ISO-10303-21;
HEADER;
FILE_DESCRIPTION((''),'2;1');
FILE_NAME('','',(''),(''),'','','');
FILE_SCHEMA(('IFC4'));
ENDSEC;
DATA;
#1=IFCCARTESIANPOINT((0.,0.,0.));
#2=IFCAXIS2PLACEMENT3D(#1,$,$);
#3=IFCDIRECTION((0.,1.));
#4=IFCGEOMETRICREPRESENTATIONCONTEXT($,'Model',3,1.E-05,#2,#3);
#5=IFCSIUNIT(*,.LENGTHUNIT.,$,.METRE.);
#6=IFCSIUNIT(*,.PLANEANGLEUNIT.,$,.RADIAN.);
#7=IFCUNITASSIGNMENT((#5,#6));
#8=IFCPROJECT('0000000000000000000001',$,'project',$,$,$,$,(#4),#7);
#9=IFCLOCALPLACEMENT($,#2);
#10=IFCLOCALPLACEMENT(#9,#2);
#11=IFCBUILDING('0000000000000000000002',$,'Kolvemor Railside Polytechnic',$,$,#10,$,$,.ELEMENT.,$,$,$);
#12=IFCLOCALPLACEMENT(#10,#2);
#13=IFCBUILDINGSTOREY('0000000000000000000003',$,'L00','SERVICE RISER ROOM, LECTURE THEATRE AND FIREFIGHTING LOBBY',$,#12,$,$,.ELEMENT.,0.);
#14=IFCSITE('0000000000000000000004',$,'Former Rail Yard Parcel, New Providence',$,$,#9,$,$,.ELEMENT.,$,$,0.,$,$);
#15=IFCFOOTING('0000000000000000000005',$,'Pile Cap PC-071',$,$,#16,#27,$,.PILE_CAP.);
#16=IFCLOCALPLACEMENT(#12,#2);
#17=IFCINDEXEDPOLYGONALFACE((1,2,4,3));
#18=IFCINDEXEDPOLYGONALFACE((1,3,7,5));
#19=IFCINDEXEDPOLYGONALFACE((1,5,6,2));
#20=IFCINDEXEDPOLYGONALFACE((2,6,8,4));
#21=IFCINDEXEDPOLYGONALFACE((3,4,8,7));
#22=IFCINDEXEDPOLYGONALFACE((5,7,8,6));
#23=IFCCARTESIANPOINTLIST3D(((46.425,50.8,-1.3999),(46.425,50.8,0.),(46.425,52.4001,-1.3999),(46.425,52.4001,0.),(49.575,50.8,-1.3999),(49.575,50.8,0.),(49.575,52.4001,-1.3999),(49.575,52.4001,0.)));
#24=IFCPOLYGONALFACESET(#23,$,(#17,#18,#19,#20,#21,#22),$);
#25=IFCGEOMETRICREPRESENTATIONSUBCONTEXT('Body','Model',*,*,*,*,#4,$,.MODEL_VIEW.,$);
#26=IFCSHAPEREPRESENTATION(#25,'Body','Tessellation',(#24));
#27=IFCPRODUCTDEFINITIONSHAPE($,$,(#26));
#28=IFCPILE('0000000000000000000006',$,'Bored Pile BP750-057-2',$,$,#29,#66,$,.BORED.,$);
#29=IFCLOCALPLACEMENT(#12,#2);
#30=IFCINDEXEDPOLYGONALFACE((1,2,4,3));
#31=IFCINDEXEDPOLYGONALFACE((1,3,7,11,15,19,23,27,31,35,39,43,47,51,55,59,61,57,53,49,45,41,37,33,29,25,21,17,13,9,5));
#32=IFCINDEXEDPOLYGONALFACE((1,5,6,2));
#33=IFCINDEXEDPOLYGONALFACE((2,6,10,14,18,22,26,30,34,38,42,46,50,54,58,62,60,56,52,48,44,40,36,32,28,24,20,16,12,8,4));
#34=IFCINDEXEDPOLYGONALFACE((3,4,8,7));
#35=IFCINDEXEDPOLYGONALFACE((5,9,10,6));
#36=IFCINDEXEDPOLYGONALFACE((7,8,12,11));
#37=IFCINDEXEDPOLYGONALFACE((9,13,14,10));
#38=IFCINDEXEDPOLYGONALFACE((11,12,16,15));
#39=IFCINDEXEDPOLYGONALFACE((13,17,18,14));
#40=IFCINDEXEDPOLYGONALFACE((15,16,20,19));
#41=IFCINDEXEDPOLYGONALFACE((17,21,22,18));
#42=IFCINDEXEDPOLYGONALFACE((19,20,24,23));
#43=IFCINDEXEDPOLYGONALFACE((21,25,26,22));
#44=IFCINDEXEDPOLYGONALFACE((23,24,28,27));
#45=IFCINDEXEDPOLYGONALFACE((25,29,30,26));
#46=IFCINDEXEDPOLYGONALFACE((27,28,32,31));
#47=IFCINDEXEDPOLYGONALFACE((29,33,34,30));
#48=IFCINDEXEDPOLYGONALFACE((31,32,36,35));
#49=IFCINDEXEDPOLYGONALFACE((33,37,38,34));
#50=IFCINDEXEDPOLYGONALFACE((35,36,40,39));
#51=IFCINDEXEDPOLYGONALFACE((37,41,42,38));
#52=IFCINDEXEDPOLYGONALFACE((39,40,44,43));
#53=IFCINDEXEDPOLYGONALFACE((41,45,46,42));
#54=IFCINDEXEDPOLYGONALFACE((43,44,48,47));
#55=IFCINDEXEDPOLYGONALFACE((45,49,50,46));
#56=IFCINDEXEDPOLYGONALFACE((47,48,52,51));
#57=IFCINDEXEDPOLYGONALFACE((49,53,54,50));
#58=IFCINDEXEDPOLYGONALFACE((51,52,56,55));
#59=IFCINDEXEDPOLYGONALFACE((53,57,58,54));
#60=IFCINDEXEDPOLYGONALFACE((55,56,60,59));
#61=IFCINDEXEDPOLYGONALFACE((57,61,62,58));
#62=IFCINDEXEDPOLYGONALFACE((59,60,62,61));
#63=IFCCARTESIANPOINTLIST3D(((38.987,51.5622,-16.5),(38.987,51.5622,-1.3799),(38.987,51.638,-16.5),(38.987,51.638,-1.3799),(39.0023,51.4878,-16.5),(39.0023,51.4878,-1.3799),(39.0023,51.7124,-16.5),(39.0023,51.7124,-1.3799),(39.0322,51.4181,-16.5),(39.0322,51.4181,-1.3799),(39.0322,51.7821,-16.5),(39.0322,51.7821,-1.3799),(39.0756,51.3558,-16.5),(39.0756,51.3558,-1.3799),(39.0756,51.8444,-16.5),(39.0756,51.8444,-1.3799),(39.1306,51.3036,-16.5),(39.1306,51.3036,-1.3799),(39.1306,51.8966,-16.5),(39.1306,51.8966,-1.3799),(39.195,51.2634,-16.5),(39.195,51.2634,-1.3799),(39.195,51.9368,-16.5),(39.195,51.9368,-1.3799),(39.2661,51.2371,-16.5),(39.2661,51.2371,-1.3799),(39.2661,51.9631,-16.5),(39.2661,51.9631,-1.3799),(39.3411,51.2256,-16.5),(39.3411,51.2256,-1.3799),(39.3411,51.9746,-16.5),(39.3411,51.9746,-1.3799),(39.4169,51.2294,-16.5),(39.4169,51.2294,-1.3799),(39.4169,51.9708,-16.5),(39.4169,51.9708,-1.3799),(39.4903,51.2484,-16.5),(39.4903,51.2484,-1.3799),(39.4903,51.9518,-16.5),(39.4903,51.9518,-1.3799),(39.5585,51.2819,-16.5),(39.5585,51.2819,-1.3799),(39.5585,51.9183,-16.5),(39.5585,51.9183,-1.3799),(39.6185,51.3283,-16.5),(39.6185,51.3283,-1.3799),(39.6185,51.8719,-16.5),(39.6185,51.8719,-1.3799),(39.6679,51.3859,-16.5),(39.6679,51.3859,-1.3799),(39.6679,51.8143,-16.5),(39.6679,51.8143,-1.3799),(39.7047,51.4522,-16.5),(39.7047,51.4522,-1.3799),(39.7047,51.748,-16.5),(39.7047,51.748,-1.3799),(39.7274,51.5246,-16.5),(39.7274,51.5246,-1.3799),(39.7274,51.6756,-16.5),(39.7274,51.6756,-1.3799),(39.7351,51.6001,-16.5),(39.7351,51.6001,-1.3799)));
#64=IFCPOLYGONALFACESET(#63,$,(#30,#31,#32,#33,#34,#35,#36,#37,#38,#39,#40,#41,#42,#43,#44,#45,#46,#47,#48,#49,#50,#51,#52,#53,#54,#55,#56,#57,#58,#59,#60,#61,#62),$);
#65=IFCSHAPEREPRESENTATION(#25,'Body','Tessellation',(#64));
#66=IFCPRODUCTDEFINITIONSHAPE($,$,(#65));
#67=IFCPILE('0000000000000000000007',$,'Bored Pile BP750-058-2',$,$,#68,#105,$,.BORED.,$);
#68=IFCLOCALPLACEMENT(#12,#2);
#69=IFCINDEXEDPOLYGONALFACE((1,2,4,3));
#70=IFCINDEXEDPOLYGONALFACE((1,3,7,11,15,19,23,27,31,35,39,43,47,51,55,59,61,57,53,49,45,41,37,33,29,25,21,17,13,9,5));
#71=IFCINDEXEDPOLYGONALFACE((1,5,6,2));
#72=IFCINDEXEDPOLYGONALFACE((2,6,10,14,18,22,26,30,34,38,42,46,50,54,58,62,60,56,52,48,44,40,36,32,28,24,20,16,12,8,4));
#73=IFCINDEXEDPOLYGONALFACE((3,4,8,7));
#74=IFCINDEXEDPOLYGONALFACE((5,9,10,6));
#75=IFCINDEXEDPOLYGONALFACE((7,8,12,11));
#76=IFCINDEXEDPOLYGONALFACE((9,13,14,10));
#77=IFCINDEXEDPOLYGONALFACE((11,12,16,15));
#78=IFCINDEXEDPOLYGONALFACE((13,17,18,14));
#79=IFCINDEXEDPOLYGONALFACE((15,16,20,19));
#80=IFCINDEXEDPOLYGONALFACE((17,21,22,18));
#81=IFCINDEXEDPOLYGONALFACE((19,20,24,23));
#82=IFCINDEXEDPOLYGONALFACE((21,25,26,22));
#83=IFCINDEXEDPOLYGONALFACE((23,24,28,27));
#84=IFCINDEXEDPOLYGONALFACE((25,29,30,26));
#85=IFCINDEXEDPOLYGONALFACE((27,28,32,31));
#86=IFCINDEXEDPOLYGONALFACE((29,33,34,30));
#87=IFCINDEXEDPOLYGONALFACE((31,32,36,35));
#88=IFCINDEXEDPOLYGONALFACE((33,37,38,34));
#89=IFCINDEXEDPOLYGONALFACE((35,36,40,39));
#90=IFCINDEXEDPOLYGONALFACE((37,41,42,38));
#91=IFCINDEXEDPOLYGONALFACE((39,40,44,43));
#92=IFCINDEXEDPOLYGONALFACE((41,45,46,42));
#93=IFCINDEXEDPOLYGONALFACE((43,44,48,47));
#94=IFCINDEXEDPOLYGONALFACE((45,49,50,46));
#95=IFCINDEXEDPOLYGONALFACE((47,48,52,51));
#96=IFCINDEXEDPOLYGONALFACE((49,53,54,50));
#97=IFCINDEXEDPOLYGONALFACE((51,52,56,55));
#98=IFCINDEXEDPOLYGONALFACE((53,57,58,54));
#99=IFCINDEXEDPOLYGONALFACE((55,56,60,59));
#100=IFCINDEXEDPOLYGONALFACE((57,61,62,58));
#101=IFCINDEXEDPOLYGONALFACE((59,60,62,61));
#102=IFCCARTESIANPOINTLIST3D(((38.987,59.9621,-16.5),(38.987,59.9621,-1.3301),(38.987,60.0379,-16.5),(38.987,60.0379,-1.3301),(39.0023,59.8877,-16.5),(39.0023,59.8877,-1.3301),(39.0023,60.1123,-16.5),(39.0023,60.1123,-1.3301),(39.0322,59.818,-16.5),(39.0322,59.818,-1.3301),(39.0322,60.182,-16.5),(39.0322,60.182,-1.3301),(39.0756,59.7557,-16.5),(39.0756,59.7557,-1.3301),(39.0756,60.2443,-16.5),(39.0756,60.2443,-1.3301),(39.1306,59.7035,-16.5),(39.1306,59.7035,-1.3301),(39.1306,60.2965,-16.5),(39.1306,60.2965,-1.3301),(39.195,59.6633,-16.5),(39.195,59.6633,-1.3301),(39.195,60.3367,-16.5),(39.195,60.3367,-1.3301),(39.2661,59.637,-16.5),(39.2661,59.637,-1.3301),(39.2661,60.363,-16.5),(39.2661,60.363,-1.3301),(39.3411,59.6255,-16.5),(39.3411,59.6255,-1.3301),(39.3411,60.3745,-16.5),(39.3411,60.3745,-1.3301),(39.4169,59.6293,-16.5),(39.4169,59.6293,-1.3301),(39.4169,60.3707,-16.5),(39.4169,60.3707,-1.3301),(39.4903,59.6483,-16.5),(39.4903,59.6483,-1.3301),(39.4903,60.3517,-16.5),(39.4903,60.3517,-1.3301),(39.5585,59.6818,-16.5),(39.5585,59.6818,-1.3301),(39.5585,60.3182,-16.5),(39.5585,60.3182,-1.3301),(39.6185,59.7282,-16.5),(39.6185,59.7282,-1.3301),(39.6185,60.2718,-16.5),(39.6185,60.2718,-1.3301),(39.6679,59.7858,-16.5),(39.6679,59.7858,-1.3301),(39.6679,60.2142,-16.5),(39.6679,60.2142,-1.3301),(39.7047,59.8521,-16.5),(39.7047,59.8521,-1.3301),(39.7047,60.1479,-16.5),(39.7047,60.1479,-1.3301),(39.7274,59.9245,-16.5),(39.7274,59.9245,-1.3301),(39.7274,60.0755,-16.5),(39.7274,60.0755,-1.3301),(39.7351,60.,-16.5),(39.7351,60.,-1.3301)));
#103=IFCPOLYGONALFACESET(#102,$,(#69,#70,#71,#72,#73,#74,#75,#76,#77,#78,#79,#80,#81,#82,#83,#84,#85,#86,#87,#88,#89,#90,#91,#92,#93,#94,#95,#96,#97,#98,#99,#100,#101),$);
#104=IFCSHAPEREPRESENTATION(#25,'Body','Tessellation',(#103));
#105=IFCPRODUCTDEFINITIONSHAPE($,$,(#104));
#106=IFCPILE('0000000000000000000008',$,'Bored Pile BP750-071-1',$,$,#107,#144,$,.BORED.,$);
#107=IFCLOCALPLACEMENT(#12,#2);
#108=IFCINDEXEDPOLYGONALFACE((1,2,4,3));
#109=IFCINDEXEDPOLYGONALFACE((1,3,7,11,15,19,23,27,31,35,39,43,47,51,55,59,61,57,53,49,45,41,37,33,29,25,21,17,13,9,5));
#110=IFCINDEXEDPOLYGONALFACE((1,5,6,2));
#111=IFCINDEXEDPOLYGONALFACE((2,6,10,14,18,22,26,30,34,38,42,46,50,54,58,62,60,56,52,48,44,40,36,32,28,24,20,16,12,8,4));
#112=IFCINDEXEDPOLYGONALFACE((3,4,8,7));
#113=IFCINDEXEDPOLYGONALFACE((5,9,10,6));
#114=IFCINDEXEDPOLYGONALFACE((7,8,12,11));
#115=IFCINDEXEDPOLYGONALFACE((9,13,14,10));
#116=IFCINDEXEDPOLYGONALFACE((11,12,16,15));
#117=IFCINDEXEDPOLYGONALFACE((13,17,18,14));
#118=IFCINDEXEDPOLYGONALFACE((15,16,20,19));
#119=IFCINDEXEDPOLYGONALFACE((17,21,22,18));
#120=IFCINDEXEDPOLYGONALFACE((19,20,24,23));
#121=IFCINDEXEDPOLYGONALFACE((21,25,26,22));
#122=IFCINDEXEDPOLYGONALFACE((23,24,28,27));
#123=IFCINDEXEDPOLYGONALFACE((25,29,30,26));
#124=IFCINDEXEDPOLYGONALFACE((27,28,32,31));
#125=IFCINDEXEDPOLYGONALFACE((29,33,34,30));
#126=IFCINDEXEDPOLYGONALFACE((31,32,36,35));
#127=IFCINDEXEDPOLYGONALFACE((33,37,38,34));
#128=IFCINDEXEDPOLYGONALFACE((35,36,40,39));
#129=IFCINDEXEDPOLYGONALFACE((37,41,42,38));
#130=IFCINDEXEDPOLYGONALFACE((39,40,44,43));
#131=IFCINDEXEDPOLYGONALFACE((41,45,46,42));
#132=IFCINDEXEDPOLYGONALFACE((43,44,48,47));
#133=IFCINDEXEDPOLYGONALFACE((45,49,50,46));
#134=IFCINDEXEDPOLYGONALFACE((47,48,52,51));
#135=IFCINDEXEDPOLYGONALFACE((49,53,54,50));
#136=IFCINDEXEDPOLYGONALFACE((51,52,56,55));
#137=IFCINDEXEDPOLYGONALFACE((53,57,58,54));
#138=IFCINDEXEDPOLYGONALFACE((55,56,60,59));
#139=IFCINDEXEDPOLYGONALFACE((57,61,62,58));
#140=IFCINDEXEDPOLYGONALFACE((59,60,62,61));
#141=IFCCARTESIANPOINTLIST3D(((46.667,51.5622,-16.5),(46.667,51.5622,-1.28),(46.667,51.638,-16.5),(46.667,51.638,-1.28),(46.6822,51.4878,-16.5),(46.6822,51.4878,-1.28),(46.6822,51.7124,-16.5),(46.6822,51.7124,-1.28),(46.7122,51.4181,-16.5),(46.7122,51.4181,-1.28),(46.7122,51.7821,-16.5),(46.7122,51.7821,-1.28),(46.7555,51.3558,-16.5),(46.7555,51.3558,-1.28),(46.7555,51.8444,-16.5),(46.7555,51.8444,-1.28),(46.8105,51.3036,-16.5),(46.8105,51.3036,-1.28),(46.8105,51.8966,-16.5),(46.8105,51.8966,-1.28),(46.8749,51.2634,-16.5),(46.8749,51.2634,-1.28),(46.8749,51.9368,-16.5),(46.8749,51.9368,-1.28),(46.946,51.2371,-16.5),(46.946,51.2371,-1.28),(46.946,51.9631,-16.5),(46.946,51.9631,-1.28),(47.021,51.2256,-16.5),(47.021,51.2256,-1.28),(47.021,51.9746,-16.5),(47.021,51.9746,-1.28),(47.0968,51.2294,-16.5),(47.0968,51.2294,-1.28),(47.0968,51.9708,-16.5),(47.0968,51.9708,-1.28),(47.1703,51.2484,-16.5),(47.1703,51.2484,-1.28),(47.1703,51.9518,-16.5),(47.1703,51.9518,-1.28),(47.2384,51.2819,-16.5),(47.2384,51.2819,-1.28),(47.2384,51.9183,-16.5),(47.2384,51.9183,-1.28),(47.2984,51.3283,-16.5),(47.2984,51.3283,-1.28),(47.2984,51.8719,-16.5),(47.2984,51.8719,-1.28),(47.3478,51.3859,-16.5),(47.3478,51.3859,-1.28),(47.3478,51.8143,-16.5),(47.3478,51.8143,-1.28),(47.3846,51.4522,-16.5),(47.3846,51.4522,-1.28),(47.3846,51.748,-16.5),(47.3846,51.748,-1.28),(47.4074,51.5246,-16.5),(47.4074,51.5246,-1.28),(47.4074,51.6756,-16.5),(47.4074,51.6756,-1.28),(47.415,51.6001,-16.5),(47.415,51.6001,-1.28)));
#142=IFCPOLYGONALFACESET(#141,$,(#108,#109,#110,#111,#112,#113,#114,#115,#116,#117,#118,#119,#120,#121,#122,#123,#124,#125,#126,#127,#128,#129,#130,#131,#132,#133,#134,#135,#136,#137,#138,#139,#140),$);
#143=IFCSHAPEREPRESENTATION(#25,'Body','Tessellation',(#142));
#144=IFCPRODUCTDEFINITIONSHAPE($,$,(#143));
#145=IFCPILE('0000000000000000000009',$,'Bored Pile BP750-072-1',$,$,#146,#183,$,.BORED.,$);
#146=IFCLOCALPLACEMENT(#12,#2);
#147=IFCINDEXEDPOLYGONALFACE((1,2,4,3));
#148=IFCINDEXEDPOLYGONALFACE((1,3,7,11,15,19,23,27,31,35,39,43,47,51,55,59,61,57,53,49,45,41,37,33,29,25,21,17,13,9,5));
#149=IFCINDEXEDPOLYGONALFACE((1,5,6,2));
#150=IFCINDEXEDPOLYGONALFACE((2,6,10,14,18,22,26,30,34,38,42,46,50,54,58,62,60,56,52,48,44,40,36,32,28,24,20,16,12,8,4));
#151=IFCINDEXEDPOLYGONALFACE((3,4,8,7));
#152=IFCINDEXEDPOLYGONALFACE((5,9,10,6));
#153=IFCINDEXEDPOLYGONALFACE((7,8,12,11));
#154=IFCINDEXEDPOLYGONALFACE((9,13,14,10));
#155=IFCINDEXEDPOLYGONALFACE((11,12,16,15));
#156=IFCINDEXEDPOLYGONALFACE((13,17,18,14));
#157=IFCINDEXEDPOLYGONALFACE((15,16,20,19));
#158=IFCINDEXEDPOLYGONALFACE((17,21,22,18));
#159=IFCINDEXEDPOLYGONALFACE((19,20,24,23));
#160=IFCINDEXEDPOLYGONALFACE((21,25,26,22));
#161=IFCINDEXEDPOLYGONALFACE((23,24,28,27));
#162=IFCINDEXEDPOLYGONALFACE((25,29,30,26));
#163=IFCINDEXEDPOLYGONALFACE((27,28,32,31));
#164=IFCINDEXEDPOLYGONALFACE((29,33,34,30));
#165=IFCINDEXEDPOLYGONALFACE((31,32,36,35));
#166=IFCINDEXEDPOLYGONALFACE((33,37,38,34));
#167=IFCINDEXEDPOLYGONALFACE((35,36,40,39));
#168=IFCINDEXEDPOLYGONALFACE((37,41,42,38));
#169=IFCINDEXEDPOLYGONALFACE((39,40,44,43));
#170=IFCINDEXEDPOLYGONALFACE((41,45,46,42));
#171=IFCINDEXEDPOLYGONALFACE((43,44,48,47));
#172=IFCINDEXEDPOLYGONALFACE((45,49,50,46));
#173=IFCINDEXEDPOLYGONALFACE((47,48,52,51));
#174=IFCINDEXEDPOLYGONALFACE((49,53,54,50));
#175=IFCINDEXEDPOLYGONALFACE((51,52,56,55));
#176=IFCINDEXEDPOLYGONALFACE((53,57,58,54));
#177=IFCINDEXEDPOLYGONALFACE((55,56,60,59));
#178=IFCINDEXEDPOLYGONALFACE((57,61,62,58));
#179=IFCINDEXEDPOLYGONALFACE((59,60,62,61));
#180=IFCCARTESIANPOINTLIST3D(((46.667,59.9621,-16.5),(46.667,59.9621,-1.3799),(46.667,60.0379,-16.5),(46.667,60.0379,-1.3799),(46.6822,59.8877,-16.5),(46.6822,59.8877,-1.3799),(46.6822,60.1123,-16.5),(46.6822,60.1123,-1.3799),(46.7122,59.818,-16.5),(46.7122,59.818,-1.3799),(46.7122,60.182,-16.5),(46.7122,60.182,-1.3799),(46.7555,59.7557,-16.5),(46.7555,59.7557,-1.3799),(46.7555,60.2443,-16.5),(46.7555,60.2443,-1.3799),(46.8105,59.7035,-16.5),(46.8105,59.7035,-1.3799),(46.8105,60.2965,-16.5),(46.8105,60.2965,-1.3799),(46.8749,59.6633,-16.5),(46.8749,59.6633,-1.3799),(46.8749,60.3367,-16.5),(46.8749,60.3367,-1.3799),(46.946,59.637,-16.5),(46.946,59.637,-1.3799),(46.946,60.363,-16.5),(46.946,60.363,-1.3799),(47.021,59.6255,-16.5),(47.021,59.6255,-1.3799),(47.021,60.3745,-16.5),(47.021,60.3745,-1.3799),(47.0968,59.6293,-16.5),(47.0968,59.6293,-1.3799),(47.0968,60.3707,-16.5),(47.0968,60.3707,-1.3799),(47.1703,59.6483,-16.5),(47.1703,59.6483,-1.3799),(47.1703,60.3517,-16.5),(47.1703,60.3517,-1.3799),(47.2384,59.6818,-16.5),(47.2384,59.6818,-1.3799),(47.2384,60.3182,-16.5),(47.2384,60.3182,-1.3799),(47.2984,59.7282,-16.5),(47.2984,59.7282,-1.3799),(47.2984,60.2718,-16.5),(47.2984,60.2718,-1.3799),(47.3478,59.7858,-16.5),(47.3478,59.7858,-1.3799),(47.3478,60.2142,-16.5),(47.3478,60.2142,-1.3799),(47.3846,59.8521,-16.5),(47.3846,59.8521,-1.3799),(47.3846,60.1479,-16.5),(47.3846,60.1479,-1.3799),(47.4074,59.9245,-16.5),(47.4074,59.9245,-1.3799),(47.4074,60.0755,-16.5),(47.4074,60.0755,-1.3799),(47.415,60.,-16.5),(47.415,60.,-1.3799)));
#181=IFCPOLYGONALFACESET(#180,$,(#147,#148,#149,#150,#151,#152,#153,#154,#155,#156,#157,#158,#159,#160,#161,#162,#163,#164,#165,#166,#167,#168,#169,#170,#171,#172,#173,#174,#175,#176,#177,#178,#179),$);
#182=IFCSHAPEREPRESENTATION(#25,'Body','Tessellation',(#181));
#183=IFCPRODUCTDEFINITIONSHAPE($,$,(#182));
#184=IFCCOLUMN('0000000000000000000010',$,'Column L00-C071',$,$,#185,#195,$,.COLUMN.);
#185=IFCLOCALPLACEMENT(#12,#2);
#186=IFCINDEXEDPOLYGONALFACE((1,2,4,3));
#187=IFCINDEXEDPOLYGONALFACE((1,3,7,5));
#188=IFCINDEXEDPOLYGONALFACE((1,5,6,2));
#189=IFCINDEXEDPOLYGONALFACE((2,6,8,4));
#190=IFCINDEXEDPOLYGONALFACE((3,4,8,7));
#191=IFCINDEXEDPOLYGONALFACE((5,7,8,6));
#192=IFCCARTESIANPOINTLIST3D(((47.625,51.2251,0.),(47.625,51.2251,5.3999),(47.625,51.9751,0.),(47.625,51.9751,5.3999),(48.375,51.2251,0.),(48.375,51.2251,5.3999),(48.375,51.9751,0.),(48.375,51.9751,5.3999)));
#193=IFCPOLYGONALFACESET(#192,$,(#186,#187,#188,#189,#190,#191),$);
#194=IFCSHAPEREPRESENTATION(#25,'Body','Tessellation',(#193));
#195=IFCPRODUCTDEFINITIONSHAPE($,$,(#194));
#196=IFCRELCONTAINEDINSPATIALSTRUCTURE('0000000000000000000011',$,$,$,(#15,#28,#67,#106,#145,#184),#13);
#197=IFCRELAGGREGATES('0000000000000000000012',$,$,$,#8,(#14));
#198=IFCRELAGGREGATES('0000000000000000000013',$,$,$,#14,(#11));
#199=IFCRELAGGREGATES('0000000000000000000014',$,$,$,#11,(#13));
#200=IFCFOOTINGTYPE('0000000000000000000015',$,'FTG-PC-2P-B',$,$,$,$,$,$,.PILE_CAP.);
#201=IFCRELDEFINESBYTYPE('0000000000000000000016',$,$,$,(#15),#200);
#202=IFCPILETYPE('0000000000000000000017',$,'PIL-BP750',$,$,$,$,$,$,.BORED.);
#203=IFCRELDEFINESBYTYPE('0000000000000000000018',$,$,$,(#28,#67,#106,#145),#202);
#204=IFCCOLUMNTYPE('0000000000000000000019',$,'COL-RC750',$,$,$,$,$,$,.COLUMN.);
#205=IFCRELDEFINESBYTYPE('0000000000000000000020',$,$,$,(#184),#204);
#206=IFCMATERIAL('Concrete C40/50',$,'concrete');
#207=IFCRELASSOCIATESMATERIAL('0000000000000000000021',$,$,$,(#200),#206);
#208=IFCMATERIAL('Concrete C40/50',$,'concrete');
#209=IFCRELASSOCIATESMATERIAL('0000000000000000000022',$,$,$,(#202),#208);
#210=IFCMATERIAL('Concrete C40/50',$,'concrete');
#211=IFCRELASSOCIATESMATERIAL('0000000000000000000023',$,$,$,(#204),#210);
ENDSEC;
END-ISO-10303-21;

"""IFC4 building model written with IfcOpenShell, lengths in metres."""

from ifc_helpers import new_model, si_unit, direction, frame, origin, origin_2d, place, context, subcontext, project, spatial, rectangle, circle, extrude, material, material_profile, profile_set, type_object, element, save


model = new_model("IFC4")

# Units and contexts
model_context = context("Model", 3, precision=1e-05, world=origin(), true_north=direction((0.0, 1.0)))
body_context = subcontext(model_context, "Body", "Model", "MODEL_VIEW")
ifc_project = project(units=[si_unit("LENGTHUNIT", "METRE"), si_unit("PLANEANGLEUNIT", "RADIAN")], contexts=[model_context])

# Site, building, storey
site_placement = place(None, origin())
site = spatial("IfcSite", under=ifc_project, at=site_placement, Name="Former Rail Yard Parcel, New Providence", CompositionType="ELEMENT", RefElevation=0.0)
building_placement = place(site_placement, origin())
building = spatial("IfcBuilding", under=site, at=building_placement, Name="Kolvemor Railside Polytechnic", CompositionType="ELEMENT")
storey_placement = place(building_placement, origin())
storey = spatial("IfcBuildingStorey", under=building, at=storey_placement, Name="L00", Description="SERVICE RISER ROOM, LECTURE THEATRE AND FIREFIGHTING LOBBY", CompositionType="ELEMENT", Elevation=0.0)

# Footing
ifc_material_1 = material(Name="Concrete C40/50", Category="concrete")
footing_type = type_object("IfcFootingType", Name="FTG-PC-2P-B", PredefinedType="PILE_CAP", material=ifc_material_1)
footing_placement = place(storey_placement, frame((48.0, 51.6001, -1.3999), z_axis=(0.0, 0.0, 1.0), x_axis=(1.0, 0.0, 0.0)))
element("IfcFooting", 1, at=footing_placement, inside=storey, type_object=footing_type, Name="Pile Cap PC-071", PredefinedType="PILE_CAP", context=body_context, shape_type="SweptSolid", body=[
    extrude(rectangle(XDim=3.1499, YDim=1.6001, at=origin_2d()), origin(), (0.0, 0.0, 1.0), 1.3999),
])

# Piles
ifc_material_2 = material(Name="Concrete C40/50", Category="concrete")
ifc_material_profile_1 = material_profile(ifc_material_2, circle(Radius=0.375, at=origin_2d()), Name="BP750")
ifc_profile_set_1 = profile_set([ifc_material_profile_1], Name="Concrete C40/50")
pile_type = type_object("IfcPileType", Name="PIL-BP750", PredefinedType="BORED", material=ifc_profile_set_1)
pile_1_placement = place(storey_placement, frame((39.3601, 51.6001, -1.3799), z_axis=(0.0, 0.0, -1.0), x_axis=(1.0, 0.0, 0.0)))
element("IfcPile", 2, at=pile_1_placement, inside=storey, type_object=pile_type, Name="Bored Pile BP750-057-2", PredefinedType="BORED", context=body_context, shape_type="SweptSolid", body=[
    extrude(circle(Radius=0.375, at=origin_2d()), origin(), (0.0, 0.0, 1.0), 15.1201),
])
pile_2_placement = place(storey_placement, frame((39.3601, 60.0, -1.3301), z_axis=(0.0, 0.0, -1.0), x_axis=(1.0, 0.0, 0.0)))
element("IfcPile", 3, at=pile_2_placement, inside=storey, type_object=pile_type, Name="Bored Pile BP750-058-2", PredefinedType="BORED", context=body_context, shape_type="SweptSolid", body=[
    extrude(circle(Radius=0.375, at=origin_2d()), origin(), (0.0, 0.0, 1.0), 15.1699),
])
pile_3_placement = place(storey_placement, frame((47.04, 51.6001, -1.28), z_axis=(0.0, 0.0, -1.0), x_axis=(1.0, 0.0, 0.0)))
element("IfcPile", 4, at=pile_3_placement, inside=storey, type_object=pile_type, Name="Bored Pile BP750-071-1", PredefinedType="BORED", context=body_context, shape_type="SweptSolid", body=[
    extrude(circle(Radius=0.375, at=origin_2d()), origin(), (0.0, 0.0, 1.0), 15.22),
])
pile_4_placement = place(storey_placement, frame((47.04, 60.0, -1.3799), z_axis=(0.0, 0.0, -1.0), x_axis=(1.0, 0.0, 0.0)))
element("IfcPile", 5, at=pile_4_placement, inside=storey, type_object=pile_type, Name="Bored Pile BP750-072-1", PredefinedType="BORED", context=body_context, shape_type="SweptSolid", body=[
    extrude(circle(Radius=0.375, at=origin_2d()), origin(), (0.0, 0.0, 1.0), 15.1201),
])

# Column
ifc_material_3 = material(Name="Concrete C40/50", Category="concrete")
ifc_material_profile_2 = material_profile(ifc_material_3, rectangle(XDim=0.75, YDim=0.75, at=origin_2d()), Name="RC750x750")
ifc_profile_set_2 = profile_set([ifc_material_profile_2], Name="Concrete C40/50")
column_type = type_object("IfcColumnType", Name="COL-RC750", PredefinedType="COLUMN", material=ifc_profile_set_2)
column_placement = place(storey_placement, frame((48.0, 51.6001, 0.0), z_axis=(0.0, 0.0, 1.0), x_axis=(1.0, 0.0, 0.0)))
element("IfcColumn", 6, at=column_placement, inside=storey, type_object=column_type, Name="Column L00-C071", PredefinedType="COLUMN", context=body_context, shape_type="SweptSolid", body=[
    extrude(rectangle(XDim=0.75, YDim=0.75, at=origin_2d()), origin(), (0.0, 0.0, 1.0), 5.3999),
])

save(model, "model.ifc")
